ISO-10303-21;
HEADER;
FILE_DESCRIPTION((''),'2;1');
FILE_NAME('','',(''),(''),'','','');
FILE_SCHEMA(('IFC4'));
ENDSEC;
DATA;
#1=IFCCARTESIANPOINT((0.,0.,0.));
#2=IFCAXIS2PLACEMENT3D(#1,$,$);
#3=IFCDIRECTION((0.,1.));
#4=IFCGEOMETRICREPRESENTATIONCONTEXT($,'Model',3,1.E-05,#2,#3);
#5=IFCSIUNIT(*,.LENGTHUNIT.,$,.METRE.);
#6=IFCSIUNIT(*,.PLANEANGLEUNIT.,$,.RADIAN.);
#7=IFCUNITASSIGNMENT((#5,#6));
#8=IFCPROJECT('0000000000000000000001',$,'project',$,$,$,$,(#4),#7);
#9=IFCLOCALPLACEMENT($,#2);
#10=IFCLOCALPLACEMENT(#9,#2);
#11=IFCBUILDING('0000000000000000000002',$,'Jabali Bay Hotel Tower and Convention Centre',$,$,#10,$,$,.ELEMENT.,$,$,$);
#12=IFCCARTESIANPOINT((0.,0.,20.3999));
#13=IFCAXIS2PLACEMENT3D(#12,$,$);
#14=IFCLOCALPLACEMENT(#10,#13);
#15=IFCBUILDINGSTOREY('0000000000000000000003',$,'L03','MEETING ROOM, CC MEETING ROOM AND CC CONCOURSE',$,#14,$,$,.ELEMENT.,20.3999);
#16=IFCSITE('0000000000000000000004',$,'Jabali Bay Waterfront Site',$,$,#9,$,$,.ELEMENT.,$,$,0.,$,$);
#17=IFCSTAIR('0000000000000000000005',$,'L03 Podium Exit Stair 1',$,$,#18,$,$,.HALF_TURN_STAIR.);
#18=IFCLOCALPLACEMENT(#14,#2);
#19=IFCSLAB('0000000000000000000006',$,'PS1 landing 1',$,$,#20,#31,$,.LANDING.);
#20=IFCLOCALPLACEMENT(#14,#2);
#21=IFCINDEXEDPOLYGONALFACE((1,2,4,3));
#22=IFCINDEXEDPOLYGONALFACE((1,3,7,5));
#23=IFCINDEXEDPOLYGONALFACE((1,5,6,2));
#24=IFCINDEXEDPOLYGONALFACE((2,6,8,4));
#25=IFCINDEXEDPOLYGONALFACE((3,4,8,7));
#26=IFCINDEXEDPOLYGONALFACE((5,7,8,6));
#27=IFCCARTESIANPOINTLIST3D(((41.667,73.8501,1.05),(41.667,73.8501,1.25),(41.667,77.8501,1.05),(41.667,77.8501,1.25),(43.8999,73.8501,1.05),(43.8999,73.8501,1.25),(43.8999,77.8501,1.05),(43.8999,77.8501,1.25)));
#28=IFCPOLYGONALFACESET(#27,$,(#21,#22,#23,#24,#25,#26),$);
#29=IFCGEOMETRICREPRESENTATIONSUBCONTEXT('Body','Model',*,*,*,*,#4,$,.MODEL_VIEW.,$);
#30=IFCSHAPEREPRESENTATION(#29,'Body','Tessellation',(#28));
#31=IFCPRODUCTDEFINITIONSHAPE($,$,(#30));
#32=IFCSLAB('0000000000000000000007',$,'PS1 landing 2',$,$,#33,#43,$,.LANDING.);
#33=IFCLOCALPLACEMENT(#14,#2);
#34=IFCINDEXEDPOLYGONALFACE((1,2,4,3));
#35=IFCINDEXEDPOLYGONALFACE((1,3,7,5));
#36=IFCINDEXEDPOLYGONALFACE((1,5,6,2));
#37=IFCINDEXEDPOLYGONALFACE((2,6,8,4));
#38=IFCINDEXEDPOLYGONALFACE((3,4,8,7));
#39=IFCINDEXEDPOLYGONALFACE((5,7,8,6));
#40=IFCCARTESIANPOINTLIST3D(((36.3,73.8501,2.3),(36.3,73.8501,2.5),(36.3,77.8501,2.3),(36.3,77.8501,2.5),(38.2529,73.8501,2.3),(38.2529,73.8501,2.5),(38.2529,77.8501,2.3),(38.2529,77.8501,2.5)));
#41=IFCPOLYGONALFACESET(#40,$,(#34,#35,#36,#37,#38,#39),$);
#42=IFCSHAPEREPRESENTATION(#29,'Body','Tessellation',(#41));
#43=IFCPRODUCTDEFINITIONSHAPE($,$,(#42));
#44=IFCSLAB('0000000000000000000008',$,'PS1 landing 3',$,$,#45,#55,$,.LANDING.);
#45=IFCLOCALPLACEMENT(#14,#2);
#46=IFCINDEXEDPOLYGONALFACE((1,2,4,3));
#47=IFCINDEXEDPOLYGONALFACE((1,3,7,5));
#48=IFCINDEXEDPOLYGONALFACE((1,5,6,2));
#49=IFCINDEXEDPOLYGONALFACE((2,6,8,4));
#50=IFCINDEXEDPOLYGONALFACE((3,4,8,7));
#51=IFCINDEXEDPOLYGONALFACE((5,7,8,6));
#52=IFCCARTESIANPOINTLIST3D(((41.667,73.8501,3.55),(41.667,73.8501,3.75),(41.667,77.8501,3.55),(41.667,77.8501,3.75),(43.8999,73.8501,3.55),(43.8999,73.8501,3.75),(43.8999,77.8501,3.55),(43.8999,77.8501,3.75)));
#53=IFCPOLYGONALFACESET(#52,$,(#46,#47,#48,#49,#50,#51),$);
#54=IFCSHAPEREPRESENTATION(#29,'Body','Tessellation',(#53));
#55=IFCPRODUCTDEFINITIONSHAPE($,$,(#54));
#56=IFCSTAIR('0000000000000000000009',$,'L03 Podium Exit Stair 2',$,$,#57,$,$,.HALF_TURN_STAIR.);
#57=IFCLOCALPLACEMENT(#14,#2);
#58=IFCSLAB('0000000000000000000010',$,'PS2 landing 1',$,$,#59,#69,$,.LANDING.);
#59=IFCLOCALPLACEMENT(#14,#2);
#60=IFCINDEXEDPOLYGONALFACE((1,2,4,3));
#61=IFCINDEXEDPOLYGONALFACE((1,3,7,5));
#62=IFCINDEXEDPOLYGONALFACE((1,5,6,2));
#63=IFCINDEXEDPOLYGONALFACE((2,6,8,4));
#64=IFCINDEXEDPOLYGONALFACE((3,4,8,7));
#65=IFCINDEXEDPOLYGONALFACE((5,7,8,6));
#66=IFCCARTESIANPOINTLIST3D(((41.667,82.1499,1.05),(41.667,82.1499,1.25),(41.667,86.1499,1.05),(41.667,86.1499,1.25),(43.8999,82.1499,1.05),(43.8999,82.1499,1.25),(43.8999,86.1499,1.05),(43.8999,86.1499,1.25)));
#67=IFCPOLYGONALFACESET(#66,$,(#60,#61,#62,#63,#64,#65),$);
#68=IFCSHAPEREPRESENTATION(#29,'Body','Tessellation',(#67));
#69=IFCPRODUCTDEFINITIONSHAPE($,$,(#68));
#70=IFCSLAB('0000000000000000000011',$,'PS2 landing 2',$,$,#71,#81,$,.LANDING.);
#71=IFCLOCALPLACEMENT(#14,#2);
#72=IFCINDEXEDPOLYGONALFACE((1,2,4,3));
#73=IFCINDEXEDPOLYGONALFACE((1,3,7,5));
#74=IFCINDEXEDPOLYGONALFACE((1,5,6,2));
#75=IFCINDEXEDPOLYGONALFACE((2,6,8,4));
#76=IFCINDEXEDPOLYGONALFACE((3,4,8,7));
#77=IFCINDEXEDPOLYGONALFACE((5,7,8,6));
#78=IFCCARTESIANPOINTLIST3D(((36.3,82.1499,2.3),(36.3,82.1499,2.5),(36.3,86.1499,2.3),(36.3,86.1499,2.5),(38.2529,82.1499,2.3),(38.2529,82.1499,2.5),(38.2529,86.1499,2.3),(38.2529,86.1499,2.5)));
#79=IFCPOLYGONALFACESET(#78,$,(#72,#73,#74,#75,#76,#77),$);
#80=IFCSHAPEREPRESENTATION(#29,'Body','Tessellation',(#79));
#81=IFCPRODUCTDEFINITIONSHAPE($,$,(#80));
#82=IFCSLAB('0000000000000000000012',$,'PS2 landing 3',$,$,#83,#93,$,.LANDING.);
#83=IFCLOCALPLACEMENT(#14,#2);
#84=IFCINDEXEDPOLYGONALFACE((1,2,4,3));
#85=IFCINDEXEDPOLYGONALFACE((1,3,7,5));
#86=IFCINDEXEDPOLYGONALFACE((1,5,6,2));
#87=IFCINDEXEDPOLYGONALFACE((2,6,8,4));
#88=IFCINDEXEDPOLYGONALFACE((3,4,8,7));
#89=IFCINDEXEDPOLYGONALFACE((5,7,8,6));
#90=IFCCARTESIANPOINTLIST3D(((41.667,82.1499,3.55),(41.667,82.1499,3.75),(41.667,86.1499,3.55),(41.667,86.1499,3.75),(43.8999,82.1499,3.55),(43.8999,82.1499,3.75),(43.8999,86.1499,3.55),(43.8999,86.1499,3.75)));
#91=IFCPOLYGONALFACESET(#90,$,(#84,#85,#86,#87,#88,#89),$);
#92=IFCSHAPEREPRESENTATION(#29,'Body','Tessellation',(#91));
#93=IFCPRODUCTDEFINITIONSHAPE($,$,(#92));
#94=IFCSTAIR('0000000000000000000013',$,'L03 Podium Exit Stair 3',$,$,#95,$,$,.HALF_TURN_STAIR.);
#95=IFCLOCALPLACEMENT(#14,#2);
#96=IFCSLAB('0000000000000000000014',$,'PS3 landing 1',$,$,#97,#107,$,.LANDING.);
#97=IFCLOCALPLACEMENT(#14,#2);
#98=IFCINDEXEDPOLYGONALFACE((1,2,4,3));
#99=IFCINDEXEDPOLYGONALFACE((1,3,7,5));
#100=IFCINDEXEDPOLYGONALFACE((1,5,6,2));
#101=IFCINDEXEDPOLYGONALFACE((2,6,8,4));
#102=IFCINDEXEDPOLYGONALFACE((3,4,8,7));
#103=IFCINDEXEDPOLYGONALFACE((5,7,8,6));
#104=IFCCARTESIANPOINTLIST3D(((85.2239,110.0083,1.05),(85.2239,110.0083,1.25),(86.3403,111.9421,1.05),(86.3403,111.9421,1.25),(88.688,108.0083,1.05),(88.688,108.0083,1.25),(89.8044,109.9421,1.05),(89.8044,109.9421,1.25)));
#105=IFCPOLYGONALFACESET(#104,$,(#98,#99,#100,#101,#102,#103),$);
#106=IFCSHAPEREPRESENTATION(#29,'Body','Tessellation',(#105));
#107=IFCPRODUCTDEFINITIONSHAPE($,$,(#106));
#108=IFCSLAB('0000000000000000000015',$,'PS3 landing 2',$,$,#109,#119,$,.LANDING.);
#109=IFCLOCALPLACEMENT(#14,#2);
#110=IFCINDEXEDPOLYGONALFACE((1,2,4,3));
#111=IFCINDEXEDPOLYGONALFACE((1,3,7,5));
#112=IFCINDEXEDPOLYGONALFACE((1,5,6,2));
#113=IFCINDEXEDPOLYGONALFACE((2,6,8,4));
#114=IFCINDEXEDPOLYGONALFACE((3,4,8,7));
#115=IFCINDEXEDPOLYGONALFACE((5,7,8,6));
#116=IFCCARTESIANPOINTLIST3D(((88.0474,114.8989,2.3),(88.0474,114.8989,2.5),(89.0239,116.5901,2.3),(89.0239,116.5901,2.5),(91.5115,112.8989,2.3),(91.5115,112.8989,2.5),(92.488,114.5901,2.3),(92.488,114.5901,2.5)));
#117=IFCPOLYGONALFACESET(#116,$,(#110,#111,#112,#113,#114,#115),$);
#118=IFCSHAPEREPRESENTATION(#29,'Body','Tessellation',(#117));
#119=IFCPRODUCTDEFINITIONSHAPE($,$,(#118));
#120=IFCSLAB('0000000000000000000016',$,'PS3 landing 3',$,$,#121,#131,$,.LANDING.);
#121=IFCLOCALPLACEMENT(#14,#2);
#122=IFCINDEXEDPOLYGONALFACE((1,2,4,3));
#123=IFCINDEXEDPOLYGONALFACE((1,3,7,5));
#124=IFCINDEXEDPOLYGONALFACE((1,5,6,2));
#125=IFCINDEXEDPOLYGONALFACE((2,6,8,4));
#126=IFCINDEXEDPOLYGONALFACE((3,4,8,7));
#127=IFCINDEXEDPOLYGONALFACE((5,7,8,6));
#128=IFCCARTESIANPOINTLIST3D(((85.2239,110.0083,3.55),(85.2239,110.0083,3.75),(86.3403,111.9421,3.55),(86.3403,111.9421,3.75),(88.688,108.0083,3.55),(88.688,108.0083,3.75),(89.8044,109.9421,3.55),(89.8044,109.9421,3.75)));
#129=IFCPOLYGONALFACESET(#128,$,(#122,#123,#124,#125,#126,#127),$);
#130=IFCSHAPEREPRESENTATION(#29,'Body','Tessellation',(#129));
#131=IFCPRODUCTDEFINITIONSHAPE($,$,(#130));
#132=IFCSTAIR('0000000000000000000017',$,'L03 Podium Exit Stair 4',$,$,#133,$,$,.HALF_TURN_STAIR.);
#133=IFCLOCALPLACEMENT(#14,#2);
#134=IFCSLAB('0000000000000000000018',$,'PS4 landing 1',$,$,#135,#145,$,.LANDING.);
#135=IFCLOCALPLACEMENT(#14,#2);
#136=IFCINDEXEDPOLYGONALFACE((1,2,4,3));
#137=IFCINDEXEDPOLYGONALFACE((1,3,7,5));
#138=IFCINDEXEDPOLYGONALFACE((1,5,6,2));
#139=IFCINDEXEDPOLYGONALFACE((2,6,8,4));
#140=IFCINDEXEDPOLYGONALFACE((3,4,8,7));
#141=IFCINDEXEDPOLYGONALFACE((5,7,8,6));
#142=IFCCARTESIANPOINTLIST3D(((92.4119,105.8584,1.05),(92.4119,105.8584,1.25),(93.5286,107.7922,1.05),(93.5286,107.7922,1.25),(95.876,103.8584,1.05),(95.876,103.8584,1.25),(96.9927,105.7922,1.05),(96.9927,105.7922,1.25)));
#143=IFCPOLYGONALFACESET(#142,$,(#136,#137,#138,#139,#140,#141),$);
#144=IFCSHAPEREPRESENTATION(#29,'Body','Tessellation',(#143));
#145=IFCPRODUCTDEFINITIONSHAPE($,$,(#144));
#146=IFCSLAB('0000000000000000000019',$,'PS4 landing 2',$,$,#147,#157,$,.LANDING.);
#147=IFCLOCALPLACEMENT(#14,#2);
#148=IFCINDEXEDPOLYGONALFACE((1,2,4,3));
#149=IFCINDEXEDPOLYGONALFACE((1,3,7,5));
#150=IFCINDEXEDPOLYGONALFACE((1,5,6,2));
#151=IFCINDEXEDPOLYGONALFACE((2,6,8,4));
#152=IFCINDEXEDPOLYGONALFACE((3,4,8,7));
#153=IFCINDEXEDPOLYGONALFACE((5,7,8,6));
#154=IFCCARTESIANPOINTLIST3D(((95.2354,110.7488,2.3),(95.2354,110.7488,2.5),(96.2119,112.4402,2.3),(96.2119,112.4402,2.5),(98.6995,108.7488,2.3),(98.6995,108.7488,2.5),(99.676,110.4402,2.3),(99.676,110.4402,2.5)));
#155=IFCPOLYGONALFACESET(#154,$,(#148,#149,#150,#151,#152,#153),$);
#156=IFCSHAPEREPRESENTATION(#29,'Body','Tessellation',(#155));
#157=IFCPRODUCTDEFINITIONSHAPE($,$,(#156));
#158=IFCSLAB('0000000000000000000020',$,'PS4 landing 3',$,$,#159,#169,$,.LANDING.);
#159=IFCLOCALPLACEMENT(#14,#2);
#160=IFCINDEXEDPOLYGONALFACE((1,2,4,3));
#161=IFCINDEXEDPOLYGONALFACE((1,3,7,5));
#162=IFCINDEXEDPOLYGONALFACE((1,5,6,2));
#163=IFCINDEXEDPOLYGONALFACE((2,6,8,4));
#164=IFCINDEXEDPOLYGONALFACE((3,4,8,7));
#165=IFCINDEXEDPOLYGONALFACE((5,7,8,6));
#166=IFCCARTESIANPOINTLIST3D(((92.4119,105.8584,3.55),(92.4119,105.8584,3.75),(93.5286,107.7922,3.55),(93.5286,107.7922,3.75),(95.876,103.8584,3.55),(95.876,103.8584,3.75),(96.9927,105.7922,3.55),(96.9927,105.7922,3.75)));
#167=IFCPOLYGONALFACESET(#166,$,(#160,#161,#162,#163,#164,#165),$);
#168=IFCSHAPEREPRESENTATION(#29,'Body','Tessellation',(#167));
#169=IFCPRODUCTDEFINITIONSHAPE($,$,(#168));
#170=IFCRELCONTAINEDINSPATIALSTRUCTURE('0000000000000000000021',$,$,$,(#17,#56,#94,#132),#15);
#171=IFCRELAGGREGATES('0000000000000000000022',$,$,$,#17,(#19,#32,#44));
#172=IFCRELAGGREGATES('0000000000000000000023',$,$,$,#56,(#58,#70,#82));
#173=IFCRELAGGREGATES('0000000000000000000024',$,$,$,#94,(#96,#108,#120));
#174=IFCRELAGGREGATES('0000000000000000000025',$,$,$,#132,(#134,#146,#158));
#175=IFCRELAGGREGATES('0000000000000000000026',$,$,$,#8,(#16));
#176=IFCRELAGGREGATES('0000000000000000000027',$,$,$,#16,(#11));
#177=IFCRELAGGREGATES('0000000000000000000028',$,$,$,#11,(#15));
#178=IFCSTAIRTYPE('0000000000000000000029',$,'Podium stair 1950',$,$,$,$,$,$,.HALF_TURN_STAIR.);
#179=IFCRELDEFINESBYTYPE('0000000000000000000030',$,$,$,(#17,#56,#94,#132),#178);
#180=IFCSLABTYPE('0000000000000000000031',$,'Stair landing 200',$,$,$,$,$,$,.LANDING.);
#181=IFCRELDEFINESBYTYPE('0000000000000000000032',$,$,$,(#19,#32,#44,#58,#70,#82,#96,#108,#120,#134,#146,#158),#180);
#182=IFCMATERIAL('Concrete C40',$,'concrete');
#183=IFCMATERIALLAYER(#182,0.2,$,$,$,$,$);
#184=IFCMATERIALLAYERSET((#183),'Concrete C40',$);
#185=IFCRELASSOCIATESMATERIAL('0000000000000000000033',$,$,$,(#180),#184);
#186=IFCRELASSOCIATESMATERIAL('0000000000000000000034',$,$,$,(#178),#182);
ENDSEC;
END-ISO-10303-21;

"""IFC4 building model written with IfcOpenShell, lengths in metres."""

from ifc_helpers import new_model, si_unit, direction, frame, origin, place, context, subcontext, project, spatial, polyline, outline, extrude, material, layer, layer_set, type_object, element, aggregate, save


model = new_model("IFC4")

# Units and contexts
model_context = context("Model", 3, precision=1e-05, world=origin(), true_north=direction((0.0, 1.0)))
body_context = subcontext(model_context, "Body", "Model", "MODEL_VIEW")
ifc_project = project(units=[si_unit("LENGTHUNIT", "METRE"), si_unit("PLANEANGLEUNIT", "RADIAN")], contexts=[model_context])

# Site, building, storey
site_placement = place(None, origin())
site = spatial("IfcSite", under=ifc_project, at=site_placement, Name="Jabali Bay Waterfront Site", CompositionType="ELEMENT", RefElevation=0.0)
building_placement = place(site_placement, origin())
building = spatial("IfcBuilding", under=site, at=building_placement, Name="Jabali Bay Hotel Tower and Convention Centre", CompositionType="ELEMENT")
storey_placement = place(building_placement, frame((0.0, 0.0, 20.3999)))
storey = spatial("IfcBuildingStorey", under=building, at=storey_placement, Name="L03", Description="MEETING ROOM, CC MEETING ROOM AND CC CONCOURSE", CompositionType="ELEMENT", Elevation=20.3999)

# Shared definitions
ifc_material = material(Name="Concrete C40", Category="concrete")

# Stairs, slabs
ifc_layer_1 = layer(ifc_material, 0.2)
ifc_layer_set_1 = layer_set([ifc_layer_1], Name="Concrete C40")
slab_type_1 = type_object("IfcSlabType", Name="Stair landing 200", PredefinedType="LANDING", material=ifc_layer_set_1)
stair_type_1 = type_object("IfcStairType", Name="Podium stair 1950", PredefinedType="HALF_TURN_STAIR", material=ifc_material)
stair_1_placement = place(storey_placement, origin())
stair_1 = element("IfcStair", 1, at=stair_1_placement, inside=storey, type_object=stair_type_1, Name="L03 Podium Exit Stair 1", PredefinedType="HALF_TURN_STAIR")
slab_1_placement = place(storey_placement, frame((0.0, 0.0, 1.05)))
slab_1 = element("IfcSlab", 2, at=slab_1_placement, type_object=slab_type_1, Name="PS1 landing 1", PredefinedType="LANDING", context=body_context, shape_type="SweptSolid", body=[
    extrude(outline(polyline([(41.667, 73.8501), (43.8999, 73.8501), (43.8999, 77.8501), (41.667, 77.8501), (41.667, 73.8501)])), origin(), (0.0, 0.0, 1.0), 0.2),
])
slab_2_placement = place(storey_placement, frame((0.0, 0.0, 2.3)))
slab_2 = element("IfcSlab", 3, at=slab_2_placement, type_object=slab_type_1, Name="PS1 landing 2", PredefinedType="LANDING", context=body_context, shape_type="SweptSolid", body=[
    extrude(outline(polyline([(36.3, 73.8501), (38.2529, 73.8501), (38.2529, 77.8501), (36.3, 77.8501), (36.3, 73.8501)])), origin(), (0.0, 0.0, 1.0), 0.2),
])
slab_3_placement = place(storey_placement, frame((0.0, 0.0, 3.55)))
slab_3 = element("IfcSlab", 4, at=slab_3_placement, type_object=slab_type_1, Name="PS1 landing 3", PredefinedType="LANDING", context=body_context, shape_type="SweptSolid", body=[
    extrude(outline(polyline([(41.667, 73.8501), (43.8999, 73.8501), (43.8999, 77.8501), (41.667, 77.8501), (41.667, 73.8501)])), origin(), (0.0, 0.0, 1.0), 0.2),
])
aggregate(stair_1, [slab_1, slab_2, slab_3])
stair_2_placement = place(storey_placement, origin())
stair_2 = element("IfcStair", 5, at=stair_2_placement, inside=storey, type_object=stair_type_1, Name="L03 Podium Exit Stair 2", PredefinedType="HALF_TURN_STAIR")
slab_4_placement = place(storey_placement, frame((0.0, 0.0, 1.05)))
slab_4 = element("IfcSlab", 6, at=slab_4_placement, type_object=slab_type_1, Name="PS2 landing 1", PredefinedType="LANDING", context=body_context, shape_type="SweptSolid", body=[
    extrude(outline(polyline([(41.667, 82.1499), (43.8999, 82.1499), (43.8999, 86.1499), (41.667, 86.1499), (41.667, 82.1499)])), origin(), (0.0, 0.0, 1.0), 0.2),
])
slab_5_placement = place(storey_placement, frame((0.0, 0.0, 2.3)))
slab_5 = element("IfcSlab", 7, at=slab_5_placement, type_object=slab_type_1, Name="PS2 landing 2", PredefinedType="LANDING", context=body_context, shape_type="SweptSolid", body=[
    extrude(outline(polyline([(36.3, 82.1499), (38.2529, 82.1499), (38.2529, 86.1499), (36.3, 86.1499), (36.3, 82.1499)])), origin(), (0.0, 0.0, 1.0), 0.2),
])
slab_6_placement = place(storey_placement, frame((0.0, 0.0, 3.55)))
slab_6 = element("IfcSlab", 8, at=slab_6_placement, type_object=slab_type_1, Name="PS2 landing 3", PredefinedType="LANDING", context=body_context, shape_type="SweptSolid", body=[
    extrude(outline(polyline([(41.667, 82.1499), (43.8999, 82.1499), (43.8999, 86.1499), (41.667, 86.1499), (41.667, 82.1499)])), origin(), (0.0, 0.0, 1.0), 0.2),
])
aggregate(stair_2, [slab_4, slab_5, slab_6])
stair_3_placement = place(storey_placement, origin())
stair_3 = element("IfcStair", 9, at=stair_3_placement, inside=storey, type_object=stair_type_1, Name="L03 Podium Exit Stair 3", PredefinedType="HALF_TURN_STAIR")
slab_7_placement = place(storey_placement, frame((0.0, 0.0, 1.05)))
slab_7 = element("IfcSlab", 10, at=slab_7_placement, type_object=slab_type_1, Name="PS3 landing 1", PredefinedType="LANDING", context=body_context, shape_type="SweptSolid", body=[
    extrude(outline(polyline([(86.3403, 111.9421), (85.2239, 110.0083), (88.688, 108.0083), (89.8044, 109.9421), (86.3403, 111.9421)])), origin(), (0.0, 0.0, 1.0), 0.2),
])
slab_8_placement = place(storey_placement, frame((0.0, 0.0, 2.3)))
slab_8 = element("IfcSlab", 11, at=slab_8_placement, type_object=slab_type_1, Name="PS3 landing 2", PredefinedType="LANDING", context=body_context, shape_type="SweptSolid", body=[
    extrude(outline(polyline([(89.0239, 116.5901), (88.0474, 114.8989), (91.5115, 112.8989), (92.488, 114.5901), (89.0239, 116.5901)])), origin(), (0.0, 0.0, 1.0), 0.2),
])
slab_9_placement = place(storey_placement, frame((0.0, 0.0, 3.55)))
slab_9 = element("IfcSlab", 12, at=slab_9_placement, type_object=slab_type_1, Name="PS3 landing 3", PredefinedType="LANDING", context=body_context, shape_type="SweptSolid", body=[
    extrude(outline(polyline([(86.3403, 111.9421), (85.2239, 110.0083), (88.688, 108.0083), (89.8044, 109.9421), (86.3403, 111.9421)])), origin(), (0.0, 0.0, 1.0), 0.2),
])
aggregate(stair_3, [slab_7, slab_8, slab_9])
stair_4_placement = place(storey_placement, origin())
stair_4 = element("IfcStair", 13, at=stair_4_placement, inside=storey, type_object=stair_type_1, Name="L03 Podium Exit Stair 4", PredefinedType="HALF_TURN_STAIR")
slab_10_placement = place(storey_placement, frame((0.0, 0.0, 1.05)))
slab_10 = element("IfcSlab", 14, at=slab_10_placement, type_object=slab_type_1, Name="PS4 landing 1", PredefinedType="LANDING", context=body_context, shape_type="SweptSolid", body=[
    extrude(outline(polyline([(93.5286, 107.7922), (92.4119, 105.8584), (95.876, 103.8584), (96.9927, 105.7922), (93.5286, 107.7922)])), origin(), (0.0, 0.0, 1.0), 0.2),
])
slab_11_placement = place(storey_placement, frame((0.0, 0.0, 2.3)))
slab_11 = element("IfcSlab", 15, at=slab_11_placement, type_object=slab_type_1, Name="PS4 landing 2", PredefinedType="LANDING", context=body_context, shape_type="SweptSolid", body=[
    extrude(outline(polyline([(96.2119, 112.4402), (95.2354, 110.7488), (98.6995, 108.7488), (99.676, 110.4402), (96.2119, 112.4402)])), origin(), (0.0, 0.0, 1.0), 0.2),
])
slab_12_placement = place(storey_placement, frame((0.0, 0.0, 3.55)))
slab_12 = element("IfcSlab", 16, at=slab_12_placement, type_object=slab_type_1, Name="PS4 landing 3", PredefinedType="LANDING", context=body_context, shape_type="SweptSolid", body=[
    extrude(outline(polyline([(93.5286, 107.7922), (92.4119, 105.8584), (95.876, 103.8584), (96.9927, 105.7922), (93.5286, 107.7922)])), origin(), (0.0, 0.0, 1.0), 0.2),
])
aggregate(stair_4, [slab_10, slab_11, slab_12])

save(model, "model.ifc")
